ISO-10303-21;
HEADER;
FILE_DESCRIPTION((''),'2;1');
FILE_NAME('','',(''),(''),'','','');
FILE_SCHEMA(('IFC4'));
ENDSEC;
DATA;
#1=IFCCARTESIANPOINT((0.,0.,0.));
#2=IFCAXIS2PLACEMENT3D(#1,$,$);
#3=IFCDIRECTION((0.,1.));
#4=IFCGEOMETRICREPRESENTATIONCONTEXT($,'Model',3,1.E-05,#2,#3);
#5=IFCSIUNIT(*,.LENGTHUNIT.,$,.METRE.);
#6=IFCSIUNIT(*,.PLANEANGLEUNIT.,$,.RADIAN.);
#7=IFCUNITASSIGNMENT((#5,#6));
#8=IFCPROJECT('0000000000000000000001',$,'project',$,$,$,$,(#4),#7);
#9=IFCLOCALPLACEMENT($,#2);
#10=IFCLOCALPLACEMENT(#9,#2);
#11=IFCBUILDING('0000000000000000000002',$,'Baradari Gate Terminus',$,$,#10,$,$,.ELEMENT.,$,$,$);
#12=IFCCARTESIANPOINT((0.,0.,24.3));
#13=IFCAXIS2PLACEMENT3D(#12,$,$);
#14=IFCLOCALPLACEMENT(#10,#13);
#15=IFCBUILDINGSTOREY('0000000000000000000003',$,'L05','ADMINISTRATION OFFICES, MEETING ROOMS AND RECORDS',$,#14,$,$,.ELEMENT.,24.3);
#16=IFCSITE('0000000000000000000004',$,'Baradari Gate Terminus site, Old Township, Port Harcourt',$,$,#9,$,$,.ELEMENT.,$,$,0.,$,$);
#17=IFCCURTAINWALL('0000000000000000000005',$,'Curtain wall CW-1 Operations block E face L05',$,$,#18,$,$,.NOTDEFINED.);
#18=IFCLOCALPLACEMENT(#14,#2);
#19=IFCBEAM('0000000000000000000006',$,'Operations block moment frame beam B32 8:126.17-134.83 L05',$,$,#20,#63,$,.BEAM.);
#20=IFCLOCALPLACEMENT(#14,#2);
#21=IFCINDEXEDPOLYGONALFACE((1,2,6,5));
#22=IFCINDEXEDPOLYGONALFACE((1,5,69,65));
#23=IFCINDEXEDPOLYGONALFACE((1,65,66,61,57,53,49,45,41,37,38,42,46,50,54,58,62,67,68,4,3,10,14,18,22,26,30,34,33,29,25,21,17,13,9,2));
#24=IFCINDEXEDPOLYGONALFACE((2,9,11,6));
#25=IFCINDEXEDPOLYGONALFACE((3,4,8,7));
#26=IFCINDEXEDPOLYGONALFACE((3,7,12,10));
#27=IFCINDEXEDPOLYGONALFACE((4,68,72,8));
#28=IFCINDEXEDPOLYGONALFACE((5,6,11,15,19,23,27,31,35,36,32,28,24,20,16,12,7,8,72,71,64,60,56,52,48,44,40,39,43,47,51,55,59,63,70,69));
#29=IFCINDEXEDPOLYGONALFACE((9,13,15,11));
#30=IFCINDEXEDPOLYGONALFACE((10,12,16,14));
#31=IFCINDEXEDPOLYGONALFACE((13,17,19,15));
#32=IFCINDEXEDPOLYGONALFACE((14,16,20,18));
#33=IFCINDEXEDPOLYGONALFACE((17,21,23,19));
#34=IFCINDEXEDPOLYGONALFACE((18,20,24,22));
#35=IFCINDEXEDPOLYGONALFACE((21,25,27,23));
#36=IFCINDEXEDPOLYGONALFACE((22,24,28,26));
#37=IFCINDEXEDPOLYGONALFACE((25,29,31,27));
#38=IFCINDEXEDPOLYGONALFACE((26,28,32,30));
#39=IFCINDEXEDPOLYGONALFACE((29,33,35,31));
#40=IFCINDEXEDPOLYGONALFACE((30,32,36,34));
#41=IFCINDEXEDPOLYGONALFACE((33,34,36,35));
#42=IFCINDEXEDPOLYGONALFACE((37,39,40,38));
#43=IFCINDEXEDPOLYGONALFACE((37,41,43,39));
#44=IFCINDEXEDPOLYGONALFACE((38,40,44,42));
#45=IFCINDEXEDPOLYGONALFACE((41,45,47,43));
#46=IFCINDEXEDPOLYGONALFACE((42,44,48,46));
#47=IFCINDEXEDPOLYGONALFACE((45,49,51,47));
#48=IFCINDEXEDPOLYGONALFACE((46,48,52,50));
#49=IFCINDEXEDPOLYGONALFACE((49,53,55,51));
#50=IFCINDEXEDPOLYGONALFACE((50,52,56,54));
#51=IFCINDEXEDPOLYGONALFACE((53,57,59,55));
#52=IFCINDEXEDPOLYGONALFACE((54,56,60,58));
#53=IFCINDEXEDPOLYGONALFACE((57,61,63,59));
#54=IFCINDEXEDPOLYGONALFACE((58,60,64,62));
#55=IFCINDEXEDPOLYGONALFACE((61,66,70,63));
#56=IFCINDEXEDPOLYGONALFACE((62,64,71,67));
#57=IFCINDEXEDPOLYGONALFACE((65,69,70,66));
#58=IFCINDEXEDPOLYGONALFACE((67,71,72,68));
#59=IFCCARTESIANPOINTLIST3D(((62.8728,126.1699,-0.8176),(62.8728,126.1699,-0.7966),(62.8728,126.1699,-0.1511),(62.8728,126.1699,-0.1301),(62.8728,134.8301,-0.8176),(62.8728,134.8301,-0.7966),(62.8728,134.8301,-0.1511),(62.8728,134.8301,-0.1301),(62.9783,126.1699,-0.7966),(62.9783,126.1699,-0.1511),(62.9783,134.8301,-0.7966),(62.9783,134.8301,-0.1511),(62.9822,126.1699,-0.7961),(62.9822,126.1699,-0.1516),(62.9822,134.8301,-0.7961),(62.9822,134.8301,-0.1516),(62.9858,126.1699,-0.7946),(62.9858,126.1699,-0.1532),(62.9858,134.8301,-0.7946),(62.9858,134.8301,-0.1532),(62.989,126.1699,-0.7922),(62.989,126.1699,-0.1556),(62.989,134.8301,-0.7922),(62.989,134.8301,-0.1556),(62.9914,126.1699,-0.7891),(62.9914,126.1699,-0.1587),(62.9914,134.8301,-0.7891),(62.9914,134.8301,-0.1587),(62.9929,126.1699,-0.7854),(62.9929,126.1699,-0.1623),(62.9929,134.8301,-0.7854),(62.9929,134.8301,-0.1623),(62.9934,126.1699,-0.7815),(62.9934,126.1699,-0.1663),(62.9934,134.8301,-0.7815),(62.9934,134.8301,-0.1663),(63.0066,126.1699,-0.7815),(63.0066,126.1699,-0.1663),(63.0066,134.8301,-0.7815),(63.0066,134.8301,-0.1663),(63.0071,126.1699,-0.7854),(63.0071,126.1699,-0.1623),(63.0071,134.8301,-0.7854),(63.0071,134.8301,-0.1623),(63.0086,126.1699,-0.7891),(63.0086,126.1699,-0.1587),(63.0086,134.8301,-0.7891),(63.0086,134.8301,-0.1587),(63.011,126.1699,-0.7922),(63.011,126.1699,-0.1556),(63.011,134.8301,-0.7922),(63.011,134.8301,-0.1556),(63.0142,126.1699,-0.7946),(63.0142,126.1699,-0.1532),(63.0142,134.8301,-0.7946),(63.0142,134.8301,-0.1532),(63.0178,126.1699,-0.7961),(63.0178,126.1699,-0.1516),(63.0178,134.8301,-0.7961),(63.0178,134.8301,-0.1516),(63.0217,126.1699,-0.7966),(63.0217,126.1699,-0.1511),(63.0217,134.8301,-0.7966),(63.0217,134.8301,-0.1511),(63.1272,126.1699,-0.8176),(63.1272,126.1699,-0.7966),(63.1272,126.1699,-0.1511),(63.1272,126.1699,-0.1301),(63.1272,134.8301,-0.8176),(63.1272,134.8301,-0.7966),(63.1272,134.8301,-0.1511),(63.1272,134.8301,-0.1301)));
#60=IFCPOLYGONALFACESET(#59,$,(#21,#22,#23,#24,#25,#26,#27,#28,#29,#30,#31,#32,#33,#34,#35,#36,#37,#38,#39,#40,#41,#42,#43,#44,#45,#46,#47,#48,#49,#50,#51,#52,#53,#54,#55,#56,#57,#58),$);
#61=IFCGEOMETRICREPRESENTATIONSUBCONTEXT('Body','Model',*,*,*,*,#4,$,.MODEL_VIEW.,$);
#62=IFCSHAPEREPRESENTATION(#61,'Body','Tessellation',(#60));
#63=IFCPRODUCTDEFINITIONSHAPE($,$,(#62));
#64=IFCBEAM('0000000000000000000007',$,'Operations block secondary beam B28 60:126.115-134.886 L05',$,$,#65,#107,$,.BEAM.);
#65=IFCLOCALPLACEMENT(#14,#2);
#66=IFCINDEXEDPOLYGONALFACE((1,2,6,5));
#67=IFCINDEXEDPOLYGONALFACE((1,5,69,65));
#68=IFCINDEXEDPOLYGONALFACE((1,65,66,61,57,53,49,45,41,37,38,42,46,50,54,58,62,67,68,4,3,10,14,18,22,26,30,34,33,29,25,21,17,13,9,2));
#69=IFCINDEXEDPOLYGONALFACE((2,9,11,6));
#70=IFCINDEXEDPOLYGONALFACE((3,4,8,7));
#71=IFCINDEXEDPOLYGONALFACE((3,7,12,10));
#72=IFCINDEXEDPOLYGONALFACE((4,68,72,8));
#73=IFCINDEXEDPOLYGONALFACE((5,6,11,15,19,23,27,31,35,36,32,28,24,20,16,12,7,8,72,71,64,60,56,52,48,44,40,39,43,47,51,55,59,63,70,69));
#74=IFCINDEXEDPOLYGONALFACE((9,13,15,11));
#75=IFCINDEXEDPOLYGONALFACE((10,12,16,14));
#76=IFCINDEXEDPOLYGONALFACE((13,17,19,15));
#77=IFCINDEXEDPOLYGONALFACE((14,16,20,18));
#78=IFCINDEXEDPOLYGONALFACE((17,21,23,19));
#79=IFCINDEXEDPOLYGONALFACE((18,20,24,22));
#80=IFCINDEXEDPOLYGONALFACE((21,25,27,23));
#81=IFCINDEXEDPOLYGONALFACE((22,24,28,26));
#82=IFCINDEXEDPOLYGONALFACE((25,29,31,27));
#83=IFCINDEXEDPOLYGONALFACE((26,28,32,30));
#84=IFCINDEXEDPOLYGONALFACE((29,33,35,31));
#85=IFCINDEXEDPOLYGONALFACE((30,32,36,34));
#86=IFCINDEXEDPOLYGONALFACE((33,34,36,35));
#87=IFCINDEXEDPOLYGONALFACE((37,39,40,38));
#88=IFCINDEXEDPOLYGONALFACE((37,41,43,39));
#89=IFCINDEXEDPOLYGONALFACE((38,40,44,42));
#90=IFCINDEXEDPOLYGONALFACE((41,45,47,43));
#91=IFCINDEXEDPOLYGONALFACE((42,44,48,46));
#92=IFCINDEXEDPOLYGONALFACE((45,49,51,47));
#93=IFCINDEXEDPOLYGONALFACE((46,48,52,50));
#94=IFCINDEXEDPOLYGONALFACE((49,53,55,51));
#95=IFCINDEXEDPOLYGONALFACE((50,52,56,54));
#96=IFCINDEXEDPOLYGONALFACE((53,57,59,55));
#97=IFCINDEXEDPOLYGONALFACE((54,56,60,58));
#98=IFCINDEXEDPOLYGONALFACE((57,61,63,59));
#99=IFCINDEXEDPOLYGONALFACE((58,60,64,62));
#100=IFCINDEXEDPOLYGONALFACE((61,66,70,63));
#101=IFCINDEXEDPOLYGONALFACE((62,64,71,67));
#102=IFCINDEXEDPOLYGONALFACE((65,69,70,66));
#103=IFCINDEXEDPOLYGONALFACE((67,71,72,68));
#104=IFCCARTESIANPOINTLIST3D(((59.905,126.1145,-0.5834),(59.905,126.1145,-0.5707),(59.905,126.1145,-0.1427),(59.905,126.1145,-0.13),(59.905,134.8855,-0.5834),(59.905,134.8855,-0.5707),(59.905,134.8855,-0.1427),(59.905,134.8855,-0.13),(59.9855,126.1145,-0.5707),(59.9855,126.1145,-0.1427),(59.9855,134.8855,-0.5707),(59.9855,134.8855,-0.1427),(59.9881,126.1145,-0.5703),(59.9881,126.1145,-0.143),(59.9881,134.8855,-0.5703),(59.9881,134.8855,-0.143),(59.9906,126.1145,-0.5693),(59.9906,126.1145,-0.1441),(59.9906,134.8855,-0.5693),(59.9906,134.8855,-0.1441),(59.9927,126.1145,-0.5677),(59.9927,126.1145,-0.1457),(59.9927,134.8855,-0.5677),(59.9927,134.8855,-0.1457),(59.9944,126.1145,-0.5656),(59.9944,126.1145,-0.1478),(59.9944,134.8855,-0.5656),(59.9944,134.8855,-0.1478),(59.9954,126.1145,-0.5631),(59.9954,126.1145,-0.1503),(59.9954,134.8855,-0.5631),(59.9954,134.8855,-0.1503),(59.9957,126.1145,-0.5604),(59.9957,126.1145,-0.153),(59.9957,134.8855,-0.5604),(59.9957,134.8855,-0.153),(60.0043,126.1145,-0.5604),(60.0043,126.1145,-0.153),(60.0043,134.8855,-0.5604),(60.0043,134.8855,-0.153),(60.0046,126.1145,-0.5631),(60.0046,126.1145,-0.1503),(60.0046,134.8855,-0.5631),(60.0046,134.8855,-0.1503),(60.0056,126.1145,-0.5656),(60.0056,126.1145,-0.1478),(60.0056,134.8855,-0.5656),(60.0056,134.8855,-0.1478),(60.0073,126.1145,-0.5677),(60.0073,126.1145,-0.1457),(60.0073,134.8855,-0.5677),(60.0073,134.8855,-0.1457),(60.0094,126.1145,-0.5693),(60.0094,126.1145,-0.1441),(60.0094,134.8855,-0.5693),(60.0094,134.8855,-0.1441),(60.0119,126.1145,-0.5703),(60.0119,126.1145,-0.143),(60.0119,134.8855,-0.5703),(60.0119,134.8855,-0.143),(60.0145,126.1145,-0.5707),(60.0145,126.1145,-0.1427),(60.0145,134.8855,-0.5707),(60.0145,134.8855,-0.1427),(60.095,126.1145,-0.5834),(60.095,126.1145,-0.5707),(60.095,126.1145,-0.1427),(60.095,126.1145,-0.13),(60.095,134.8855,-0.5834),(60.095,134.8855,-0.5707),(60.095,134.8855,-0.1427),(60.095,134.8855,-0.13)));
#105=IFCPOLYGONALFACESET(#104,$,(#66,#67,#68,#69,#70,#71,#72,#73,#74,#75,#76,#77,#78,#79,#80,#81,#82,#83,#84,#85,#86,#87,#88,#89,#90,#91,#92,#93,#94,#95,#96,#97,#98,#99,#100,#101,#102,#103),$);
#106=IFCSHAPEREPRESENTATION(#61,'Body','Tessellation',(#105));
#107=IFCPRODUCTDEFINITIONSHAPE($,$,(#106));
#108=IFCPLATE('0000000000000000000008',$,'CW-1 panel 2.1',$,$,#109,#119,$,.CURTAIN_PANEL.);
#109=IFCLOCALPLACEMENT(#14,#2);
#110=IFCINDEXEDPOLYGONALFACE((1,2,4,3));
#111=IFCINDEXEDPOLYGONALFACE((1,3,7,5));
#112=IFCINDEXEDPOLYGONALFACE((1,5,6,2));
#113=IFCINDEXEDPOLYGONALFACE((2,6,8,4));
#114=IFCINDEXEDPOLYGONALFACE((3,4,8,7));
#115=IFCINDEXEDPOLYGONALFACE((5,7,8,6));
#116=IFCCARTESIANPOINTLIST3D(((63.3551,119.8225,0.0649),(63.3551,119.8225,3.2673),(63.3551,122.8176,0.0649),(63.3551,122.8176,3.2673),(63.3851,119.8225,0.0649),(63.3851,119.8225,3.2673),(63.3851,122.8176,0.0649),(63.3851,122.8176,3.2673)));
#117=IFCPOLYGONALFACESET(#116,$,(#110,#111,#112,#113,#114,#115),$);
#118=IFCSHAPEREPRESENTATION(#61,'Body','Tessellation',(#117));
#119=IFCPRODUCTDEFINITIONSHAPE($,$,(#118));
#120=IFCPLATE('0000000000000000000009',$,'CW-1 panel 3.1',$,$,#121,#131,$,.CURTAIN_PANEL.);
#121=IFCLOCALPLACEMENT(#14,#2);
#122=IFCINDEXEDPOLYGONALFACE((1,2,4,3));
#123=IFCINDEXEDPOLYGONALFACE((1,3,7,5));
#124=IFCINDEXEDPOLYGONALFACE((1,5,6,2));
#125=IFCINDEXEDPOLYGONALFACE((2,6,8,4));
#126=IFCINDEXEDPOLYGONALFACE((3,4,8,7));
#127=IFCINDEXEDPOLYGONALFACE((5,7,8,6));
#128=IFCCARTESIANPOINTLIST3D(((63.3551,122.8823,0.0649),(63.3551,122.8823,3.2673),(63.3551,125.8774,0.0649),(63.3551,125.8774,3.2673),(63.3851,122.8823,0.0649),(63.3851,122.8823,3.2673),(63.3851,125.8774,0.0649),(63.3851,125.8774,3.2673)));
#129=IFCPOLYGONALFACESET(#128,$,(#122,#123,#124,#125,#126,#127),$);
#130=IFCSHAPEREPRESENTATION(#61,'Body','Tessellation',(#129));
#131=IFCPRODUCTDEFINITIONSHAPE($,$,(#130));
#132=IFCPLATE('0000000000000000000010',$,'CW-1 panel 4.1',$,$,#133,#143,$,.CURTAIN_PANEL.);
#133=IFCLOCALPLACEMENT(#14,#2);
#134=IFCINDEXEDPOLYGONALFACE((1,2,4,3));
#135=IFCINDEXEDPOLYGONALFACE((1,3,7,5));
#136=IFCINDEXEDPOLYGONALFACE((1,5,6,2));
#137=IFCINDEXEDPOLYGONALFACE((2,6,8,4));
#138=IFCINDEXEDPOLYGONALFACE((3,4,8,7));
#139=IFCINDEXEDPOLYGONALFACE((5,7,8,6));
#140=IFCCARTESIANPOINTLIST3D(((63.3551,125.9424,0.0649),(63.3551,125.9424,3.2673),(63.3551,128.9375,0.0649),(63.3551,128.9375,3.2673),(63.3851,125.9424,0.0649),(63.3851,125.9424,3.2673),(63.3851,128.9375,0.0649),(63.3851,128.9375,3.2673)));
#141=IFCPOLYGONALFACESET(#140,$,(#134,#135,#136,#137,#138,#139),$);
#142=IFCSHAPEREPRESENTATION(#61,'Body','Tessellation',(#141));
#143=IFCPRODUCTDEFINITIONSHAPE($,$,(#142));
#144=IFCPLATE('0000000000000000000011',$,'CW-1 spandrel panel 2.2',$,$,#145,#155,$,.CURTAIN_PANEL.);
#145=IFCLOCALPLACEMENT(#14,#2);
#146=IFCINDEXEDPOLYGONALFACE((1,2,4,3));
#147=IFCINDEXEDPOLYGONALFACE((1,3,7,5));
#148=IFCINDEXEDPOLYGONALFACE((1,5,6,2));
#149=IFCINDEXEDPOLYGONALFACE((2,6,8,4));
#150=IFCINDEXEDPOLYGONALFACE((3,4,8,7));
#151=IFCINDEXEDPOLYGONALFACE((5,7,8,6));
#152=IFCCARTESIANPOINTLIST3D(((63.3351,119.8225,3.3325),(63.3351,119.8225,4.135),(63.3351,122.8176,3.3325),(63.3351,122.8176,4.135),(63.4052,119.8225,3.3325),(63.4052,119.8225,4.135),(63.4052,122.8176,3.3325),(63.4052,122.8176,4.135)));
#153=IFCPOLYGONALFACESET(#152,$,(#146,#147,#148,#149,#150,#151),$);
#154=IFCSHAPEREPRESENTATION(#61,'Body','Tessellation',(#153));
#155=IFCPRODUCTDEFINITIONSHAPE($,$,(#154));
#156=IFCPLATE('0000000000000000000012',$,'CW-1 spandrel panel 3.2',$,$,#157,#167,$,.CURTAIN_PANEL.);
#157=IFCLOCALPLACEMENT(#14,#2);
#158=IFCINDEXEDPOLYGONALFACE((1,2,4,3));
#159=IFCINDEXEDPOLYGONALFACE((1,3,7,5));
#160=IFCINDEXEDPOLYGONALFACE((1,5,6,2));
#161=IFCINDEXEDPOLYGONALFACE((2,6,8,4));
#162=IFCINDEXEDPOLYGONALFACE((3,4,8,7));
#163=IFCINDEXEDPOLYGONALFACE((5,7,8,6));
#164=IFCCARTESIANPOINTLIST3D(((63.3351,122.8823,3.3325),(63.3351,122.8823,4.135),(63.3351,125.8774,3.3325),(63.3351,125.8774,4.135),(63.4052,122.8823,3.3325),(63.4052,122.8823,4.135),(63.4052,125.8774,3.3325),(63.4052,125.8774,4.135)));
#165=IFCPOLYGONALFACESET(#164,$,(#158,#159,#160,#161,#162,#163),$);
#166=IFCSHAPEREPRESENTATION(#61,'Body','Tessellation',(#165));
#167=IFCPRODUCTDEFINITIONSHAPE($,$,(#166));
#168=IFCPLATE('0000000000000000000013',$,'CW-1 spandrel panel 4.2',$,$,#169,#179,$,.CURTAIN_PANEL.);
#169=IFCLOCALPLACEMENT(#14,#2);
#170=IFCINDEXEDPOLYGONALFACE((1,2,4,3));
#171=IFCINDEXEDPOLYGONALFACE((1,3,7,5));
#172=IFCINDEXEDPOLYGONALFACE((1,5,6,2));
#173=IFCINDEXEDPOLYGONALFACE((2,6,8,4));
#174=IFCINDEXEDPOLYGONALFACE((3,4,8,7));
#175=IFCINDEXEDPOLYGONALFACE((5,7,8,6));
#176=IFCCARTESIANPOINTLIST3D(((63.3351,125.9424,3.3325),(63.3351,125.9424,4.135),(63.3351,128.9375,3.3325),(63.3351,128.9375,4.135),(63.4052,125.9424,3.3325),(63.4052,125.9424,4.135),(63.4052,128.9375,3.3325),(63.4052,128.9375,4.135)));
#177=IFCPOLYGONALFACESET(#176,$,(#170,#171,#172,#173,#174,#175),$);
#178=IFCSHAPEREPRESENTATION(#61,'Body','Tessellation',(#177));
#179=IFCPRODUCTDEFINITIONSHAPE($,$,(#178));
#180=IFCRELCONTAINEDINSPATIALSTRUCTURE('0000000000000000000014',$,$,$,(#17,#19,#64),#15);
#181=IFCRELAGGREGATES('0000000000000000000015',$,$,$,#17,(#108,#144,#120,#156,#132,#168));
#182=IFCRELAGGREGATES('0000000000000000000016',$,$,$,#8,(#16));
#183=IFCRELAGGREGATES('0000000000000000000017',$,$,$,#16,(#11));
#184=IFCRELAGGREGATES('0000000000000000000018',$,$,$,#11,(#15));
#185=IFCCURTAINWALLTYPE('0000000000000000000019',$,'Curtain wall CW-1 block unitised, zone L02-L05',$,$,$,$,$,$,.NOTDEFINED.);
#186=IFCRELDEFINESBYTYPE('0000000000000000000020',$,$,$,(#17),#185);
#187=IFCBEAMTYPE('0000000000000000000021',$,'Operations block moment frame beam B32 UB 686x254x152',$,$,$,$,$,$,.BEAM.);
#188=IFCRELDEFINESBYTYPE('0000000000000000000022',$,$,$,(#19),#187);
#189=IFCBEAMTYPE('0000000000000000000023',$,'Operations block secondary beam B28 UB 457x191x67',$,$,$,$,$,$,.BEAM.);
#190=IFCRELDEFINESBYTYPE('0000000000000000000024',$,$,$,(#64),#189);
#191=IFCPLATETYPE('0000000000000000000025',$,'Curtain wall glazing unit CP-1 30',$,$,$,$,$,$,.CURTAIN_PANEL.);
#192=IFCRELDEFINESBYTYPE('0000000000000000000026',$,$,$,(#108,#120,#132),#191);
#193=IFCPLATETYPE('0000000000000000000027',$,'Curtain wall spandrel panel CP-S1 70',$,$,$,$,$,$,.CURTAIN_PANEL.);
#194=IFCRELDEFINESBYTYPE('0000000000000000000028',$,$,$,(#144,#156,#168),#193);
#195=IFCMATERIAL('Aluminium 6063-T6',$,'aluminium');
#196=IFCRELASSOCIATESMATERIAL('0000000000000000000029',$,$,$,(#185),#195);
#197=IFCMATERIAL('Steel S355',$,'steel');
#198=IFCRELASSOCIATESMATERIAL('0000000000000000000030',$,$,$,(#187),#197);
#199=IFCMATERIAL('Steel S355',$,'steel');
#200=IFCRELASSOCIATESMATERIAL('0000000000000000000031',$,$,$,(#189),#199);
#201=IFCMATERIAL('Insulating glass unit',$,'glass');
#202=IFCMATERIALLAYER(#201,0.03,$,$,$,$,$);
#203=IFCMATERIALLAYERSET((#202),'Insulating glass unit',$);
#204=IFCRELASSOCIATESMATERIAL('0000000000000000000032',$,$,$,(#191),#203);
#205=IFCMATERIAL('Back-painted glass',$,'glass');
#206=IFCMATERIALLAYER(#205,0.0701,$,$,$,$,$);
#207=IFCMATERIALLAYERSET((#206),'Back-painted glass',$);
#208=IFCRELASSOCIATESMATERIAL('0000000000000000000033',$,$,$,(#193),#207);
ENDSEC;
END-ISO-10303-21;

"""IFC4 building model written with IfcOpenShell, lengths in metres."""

from ifc_helpers import new_model, si_unit, direction, frame, origin, origin_2d, place, context, subcontext, project, spatial, rectangle, i_section, extrude, material, layer, layer_set, material_profile, profile_set, type_object, element, aggregate, save


model = new_model("IFC4")

# Units and contexts
model_context = context("Model", 3, precision=1e-05, world=origin(), true_north=direction((0.0, 1.0)))
body_context = subcontext(model_context, "Body", "Model", "MODEL_VIEW")
ifc_project = project(units=[si_unit("LENGTHUNIT", "METRE"), si_unit("PLANEANGLEUNIT", "RADIAN")], contexts=[model_context])

# Site, building, storey
site_placement = place(None, origin())
site = spatial("IfcSite", under=ifc_project, at=site_placement, Name="Baradari Gate Terminus site, Old Township, Port Harcourt", CompositionType="ELEMENT", RefElevation=0.0)
building_placement = place(site_placement, origin())
building = spatial("IfcBuilding", under=site, at=building_placement, Name="Baradari Gate Terminus", CompositionType="ELEMENT")
storey_placement = place(building_placement, frame((0.0, 0.0, 24.3)))
storey = spatial("IfcBuildingStorey", under=building, at=storey_placement, Name="L05", Description="ADMINISTRATION OFFICES, MEETING ROOMS AND RECORDS", CompositionType="ELEMENT", Elevation=24.3)

# Curtain wall
ifc_material_1 = material(Name="Aluminium 6063-T6", Category="aluminium")
curtain_wall_type = type_object("IfcCurtainWallType", Name="Curtain wall CW-1 block unitised, zone L02-L05", PredefinedType="NOTDEFINED", material=ifc_material_1)
curtain_wall_placement = place(storey_placement, origin())
curtain_wall = element("IfcCurtainWall", 1, at=curtain_wall_placement, inside=storey, type_object=curtain_wall_type, Name="Curtain wall CW-1 Operations block E face L05", PredefinedType="NOTDEFINED")

# Beams
ifc_material_2 = material(Name="Steel S355", Category="steel")
ifc_material_profile_1 = material_profile(ifc_material_2, i_section(OverallWidth=0.2544, OverallDepth=0.6875, WebThickness=0.0132, FlangeThickness=0.021, FilletRadius=0.0151, at=origin_2d()), Name="UB 686x254x152")
ifc_profile_set_1 = profile_set([ifc_material_profile_1], Name="Steel S355")
beam_type_1 = type_object("IfcBeamType", Name="Operations block moment frame beam B32 UB 686x254x152", PredefinedType="BEAM", material=ifc_profile_set_1)
beam_1_placement = place(storey_placement, frame((63.0, 126.1699, -0.4739), z_axis=(0.0, 1.0, 0.0), x_axis=(-1.0, 0.0, 0.0)))
element("IfcBeam", 2, at=beam_1_placement, inside=storey, type_object=beam_type_1, Name="Operations block moment frame beam B32 8:126.17-134.83 L05", PredefinedType="BEAM", context=body_context, shape_type="SweptSolid", body=[
    extrude(i_section(OverallWidth=0.2544, OverallDepth=0.6875, WebThickness=0.0132, FlangeThickness=0.021, FilletRadius=0.0151, at=origin_2d()), origin(), (0.0, 0.0, 1.0), 8.6602),
])
ifc_material_3 = material(Name="Steel S355", Category="steel")
ifc_material_profile_2 = material_profile(ifc_material_3, i_section(OverallWidth=0.1899, OverallDepth=0.4534, WebThickness=0.0085, FlangeThickness=0.0127, FilletRadius=0.0103, at=origin_2d()), Name="UB 457x191x67")
ifc_profile_set_2 = profile_set([ifc_material_profile_2], Name="Steel S355")
beam_type_2 = type_object("IfcBeamType", Name="Operations block secondary beam B28 UB 457x191x67", PredefinedType="BEAM", material=ifc_profile_set_2)
beam_2_placement = place(storey_placement, frame((60.0, 126.1145, -0.3567), z_axis=(0.0, 1.0, 0.0), x_axis=(-1.0, 0.0, 0.0)))
element("IfcBeam", 3, at=beam_2_placement, inside=storey, type_object=beam_type_2, Name="Operations block secondary beam B28 60:126.115-134.886 L05", PredefinedType="BEAM", context=body_context, shape_type="SweptSolid", body=[
    extrude(i_section(OverallWidth=0.1899, OverallDepth=0.4534, WebThickness=0.0085, FlangeThickness=0.0127, FilletRadius=0.0103, at=origin_2d()), origin(), (0.0, 0.0, 1.0), 8.771),
])

# Plates
ifc_material_4 = material(Name="Insulating glass unit", Category="glass")
ifc_layer_1 = layer(ifc_material_4, 0.03)
ifc_layer_set_1 = layer_set([ifc_layer_1], Name="Insulating glass unit")
plate_type_1 = type_object("IfcPlateType", Name="Curtain wall glazing unit CP-1 30", PredefinedType="CURTAIN_PANEL", material=ifc_layer_set_1)
plate_1_placement = place(storey_placement, frame((63.3701, 121.3201, 0.0649), z_axis=(0.0, 0.0, 1.0), x_axis=(0.0, 1.0, 0.0)))
plate_1 = element("IfcPlate", 4, at=plate_1_placement, type_object=plate_type_1, Name="CW-1 panel 2.1", PredefinedType="CURTAIN_PANEL", context=body_context, shape_type="SweptSolid", body=[
    extrude(rectangle(XDim=2.9951, YDim=0.03, at=origin_2d()), origin(), (0.0, 0.0, 1.0), 3.2024),
])
plate_2_placement = place(storey_placement, frame((63.3701, 124.3799, 0.0649), z_axis=(0.0, 0.0, 1.0), x_axis=(0.0, 1.0, 0.0)))
plate_2 = element("IfcPlate", 5, at=plate_2_placement, type_object=plate_type_1, Name="CW-1 panel 3.1", PredefinedType="CURTAIN_PANEL", context=body_context, shape_type="SweptSolid", body=[
    extrude(rectangle(XDim=2.9951, YDim=0.03, at=origin_2d()), origin(), (0.0, 0.0, 1.0), 3.2024),
])
plate_3_placement = place(storey_placement, frame((63.3701, 127.4399, 0.0649), z_axis=(0.0, 0.0, 1.0), x_axis=(0.0, 1.0, 0.0)))
plate_3 = element("IfcPlate", 6, at=plate_3_placement, type_object=plate_type_1, Name="CW-1 panel 4.1", PredefinedType="CURTAIN_PANEL", context=body_context, shape_type="SweptSolid", body=[
    extrude(rectangle(XDim=2.9951, YDim=0.03, at=origin_2d()), origin(), (0.0, 0.0, 1.0), 3.2024),
])
ifc_material_5 = material(Name="Back-painted glass", Category="glass")
ifc_layer_2 = layer(ifc_material_5, 0.0701)
ifc_layer_set_2 = layer_set([ifc_layer_2], Name="Back-painted glass")
plate_type_2 = type_object("IfcPlateType", Name="Curtain wall spandrel panel CP-S1 70", PredefinedType="CURTAIN_PANEL", material=ifc_layer_set_2)
plate_4_placement = place(storey_placement, frame((63.3701, 121.3201, 3.3325), z_axis=(0.0, 0.0, 1.0), x_axis=(0.0, 1.0, 0.0)))
plate_4 = element("IfcPlate", 7, at=plate_4_placement, type_object=plate_type_2, Name="CW-1 spandrel panel 2.2", PredefinedType="CURTAIN_PANEL", context=body_context, shape_type="SweptSolid", body=[
    extrude(rectangle(XDim=2.9951, YDim=0.0701, at=origin_2d()), origin(), (0.0, 0.0, 1.0), 0.8025),
])
plate_5_placement = place(storey_placement, frame((63.3701, 124.3799, 3.3325), z_axis=(0.0, 0.0, 1.0), x_axis=(0.0, 1.0, 0.0)))
plate_5 = element("IfcPlate", 8, at=plate_5_placement, type_object=plate_type_2, Name="CW-1 spandrel panel 3.2", PredefinedType="CURTAIN_PANEL", context=body_context, shape_type="SweptSolid", body=[
    extrude(rectangle(XDim=2.9951, YDim=0.0701, at=origin_2d()), origin(), (0.0, 0.0, 1.0), 0.8025),
])
plate_6_placement = place(storey_placement, frame((63.3701, 127.4399, 3.3325), z_axis=(0.0, 0.0, 1.0), x_axis=(0.0, 1.0, 0.0)))
plate_6 = element("IfcPlate", 9, at=plate_6_placement, type_object=plate_type_2, Name="CW-1 spandrel panel 4.2", PredefinedType="CURTAIN_PANEL", context=body_context, shape_type="SweptSolid", body=[
    extrude(rectangle(XDim=2.9951, YDim=0.0701, at=origin_2d()), origin(), (0.0, 0.0, 1.0), 0.8025),
])
aggregate(curtain_wall, [plate_1, plate_4, plate_2, plate_5, plate_3, plate_6])

save(model, "model.ifc")
